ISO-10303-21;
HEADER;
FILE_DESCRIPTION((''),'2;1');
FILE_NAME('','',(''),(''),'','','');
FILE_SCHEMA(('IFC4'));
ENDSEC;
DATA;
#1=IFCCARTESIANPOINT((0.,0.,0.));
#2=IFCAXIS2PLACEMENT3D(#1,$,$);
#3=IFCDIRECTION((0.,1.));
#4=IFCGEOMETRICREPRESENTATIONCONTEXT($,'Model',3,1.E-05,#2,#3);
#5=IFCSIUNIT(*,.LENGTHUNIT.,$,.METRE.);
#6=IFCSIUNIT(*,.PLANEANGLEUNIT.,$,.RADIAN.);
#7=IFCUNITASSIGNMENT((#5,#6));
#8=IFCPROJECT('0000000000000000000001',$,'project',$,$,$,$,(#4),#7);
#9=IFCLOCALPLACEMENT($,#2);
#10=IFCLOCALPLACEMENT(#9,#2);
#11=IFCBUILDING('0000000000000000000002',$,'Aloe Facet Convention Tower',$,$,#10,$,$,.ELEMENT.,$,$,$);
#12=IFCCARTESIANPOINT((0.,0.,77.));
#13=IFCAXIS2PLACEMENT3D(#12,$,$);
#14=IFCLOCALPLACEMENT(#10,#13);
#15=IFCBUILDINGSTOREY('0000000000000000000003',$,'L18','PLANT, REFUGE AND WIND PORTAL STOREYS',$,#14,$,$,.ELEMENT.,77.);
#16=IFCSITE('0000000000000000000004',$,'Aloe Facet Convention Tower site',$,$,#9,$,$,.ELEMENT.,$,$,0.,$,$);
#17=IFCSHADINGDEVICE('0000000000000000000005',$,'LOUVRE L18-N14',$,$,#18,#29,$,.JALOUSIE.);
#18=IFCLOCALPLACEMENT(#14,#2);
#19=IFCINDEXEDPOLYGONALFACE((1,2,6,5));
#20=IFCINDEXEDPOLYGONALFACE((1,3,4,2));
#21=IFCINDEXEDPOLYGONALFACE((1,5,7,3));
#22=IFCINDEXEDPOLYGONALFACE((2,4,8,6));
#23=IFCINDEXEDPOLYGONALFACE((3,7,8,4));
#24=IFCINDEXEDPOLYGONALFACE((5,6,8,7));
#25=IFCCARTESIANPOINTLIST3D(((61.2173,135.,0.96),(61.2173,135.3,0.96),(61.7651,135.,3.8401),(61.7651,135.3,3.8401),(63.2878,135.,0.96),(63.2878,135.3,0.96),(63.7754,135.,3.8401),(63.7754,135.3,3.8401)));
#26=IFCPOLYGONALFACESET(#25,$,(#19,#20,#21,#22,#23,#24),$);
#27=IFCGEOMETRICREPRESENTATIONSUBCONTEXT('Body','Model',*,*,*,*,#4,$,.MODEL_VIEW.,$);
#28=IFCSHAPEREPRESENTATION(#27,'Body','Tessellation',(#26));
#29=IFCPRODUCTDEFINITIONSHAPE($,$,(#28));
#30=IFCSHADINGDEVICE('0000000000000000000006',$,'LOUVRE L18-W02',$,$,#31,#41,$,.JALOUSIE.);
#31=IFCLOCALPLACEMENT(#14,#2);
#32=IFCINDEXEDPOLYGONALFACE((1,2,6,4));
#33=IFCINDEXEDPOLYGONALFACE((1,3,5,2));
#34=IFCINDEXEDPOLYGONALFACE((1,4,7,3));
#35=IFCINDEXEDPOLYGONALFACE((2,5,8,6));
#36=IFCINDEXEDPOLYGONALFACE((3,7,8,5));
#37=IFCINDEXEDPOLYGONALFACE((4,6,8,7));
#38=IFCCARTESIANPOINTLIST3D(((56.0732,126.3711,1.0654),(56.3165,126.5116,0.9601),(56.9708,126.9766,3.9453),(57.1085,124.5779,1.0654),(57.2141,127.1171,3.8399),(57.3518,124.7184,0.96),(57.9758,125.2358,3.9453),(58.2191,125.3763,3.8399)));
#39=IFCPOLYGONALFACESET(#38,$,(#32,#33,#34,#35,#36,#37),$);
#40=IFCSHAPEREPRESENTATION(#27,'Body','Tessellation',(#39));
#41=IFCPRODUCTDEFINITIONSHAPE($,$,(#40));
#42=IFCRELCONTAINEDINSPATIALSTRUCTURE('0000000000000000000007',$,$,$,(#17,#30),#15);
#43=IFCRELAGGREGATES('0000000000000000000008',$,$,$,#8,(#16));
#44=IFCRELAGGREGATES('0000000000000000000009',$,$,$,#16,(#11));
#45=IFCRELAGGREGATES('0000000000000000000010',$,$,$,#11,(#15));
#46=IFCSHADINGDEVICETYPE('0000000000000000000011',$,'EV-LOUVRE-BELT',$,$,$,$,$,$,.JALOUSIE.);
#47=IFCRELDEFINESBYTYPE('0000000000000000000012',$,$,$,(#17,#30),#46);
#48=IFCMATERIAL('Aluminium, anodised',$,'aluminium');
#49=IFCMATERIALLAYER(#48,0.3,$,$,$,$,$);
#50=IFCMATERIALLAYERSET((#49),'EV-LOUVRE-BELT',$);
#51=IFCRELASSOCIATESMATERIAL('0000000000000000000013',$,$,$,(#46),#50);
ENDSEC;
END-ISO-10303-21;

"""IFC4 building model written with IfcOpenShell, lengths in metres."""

from ifc_helpers import new_model, si_unit, direction, frame, origin, place, context, subcontext, project, spatial, polyline, outline, extrude, material, layer, layer_set, type_object, element, save


model = new_model("IFC4")

# Units and contexts
model_context = context("Model", 3, precision=1e-05, world=origin(), true_north=direction((0.0, 1.0)))
body_context = subcontext(model_context, "Body", "Model", "MODEL_VIEW")
ifc_project = project(units=[si_unit("LENGTHUNIT", "METRE"), si_unit("PLANEANGLEUNIT", "RADIAN")], contexts=[model_context])

# Site, building, storey
site_placement = place(None, origin())
site = spatial("IfcSite", under=ifc_project, at=site_placement, Name="Aloe Facet Convention Tower site", CompositionType="ELEMENT", RefElevation=0.0)
building_placement = place(site_placement, origin())
building = spatial("IfcBuilding", under=site, at=building_placement, Name="Aloe Facet Convention Tower", CompositionType="ELEMENT")
storey_placement = place(building_placement, frame((0.0, 0.0, 77.0)))
storey = spatial("IfcBuildingStorey", under=building, at=storey_placement, Name="L18", Description="PLANT, REFUGE AND WIND PORTAL STOREYS", CompositionType="ELEMENT", Elevation=77.0)

# Shading devices
ifc_material_1 = material(Name="Aluminium, anodised", Category="aluminium")
ifc_layer_1 = layer(ifc_material_1, 0.3)
ifc_layer_set_1 = layer_set([ifc_layer_1], Name="EV-LOUVRE-BELT")
shading_device_type = type_object("IfcShadingDeviceType", Name="EV-LOUVRE-BELT", PredefinedType="JALOUSIE", material=ifc_layer_set_1)
shading_device_1_placement = place(storey_placement, frame((63.2878, 135.3, 0.96), z_axis=(0.0, 1.0, 0.0), x_axis=(-1.0, 0.0, 0.0)))
element("IfcShadingDevice", 1, at=shading_device_1_placement, inside=storey, type_object=shading_device_type, Name="LOUVRE L18-N14", PredefinedType="JALOUSIE", context=body_context, shape_type="SweptSolid", body=[
    extrude(outline(polyline([(0.0, 0.0), (2.0706, 0.0), (1.5227, 2.8801), (-0.4875, 2.8801), (0.0, 0.0)])), origin(), (0.0, 0.0, -1.0), 0.3),
])
shading_device_2_placement = place(storey_placement, frame((56.0732, 126.3711, 1.0654), z_axis=(-0.810877, -0.468152, 0.351158), x_axis=(0.499987, -0.866033, -0.000019)))
element("IfcShadingDevice", 2, at=shading_device_2_placement, inside=storey, type_object=shading_device_type, Name="LOUVRE L18-W02", PredefinedType="JALOUSIE", context=body_context, shape_type="SweptSolid", body=[
    extrude(outline(polyline([(0.0, 0.0), (2.0705, 0.0), (1.9344, 3.0758), (-0.0757, 3.0757), (0.0, 0.0)])), origin(), (0.0, 0.0, -1.0), 0.3),
])

save(model, "model.ifc")
